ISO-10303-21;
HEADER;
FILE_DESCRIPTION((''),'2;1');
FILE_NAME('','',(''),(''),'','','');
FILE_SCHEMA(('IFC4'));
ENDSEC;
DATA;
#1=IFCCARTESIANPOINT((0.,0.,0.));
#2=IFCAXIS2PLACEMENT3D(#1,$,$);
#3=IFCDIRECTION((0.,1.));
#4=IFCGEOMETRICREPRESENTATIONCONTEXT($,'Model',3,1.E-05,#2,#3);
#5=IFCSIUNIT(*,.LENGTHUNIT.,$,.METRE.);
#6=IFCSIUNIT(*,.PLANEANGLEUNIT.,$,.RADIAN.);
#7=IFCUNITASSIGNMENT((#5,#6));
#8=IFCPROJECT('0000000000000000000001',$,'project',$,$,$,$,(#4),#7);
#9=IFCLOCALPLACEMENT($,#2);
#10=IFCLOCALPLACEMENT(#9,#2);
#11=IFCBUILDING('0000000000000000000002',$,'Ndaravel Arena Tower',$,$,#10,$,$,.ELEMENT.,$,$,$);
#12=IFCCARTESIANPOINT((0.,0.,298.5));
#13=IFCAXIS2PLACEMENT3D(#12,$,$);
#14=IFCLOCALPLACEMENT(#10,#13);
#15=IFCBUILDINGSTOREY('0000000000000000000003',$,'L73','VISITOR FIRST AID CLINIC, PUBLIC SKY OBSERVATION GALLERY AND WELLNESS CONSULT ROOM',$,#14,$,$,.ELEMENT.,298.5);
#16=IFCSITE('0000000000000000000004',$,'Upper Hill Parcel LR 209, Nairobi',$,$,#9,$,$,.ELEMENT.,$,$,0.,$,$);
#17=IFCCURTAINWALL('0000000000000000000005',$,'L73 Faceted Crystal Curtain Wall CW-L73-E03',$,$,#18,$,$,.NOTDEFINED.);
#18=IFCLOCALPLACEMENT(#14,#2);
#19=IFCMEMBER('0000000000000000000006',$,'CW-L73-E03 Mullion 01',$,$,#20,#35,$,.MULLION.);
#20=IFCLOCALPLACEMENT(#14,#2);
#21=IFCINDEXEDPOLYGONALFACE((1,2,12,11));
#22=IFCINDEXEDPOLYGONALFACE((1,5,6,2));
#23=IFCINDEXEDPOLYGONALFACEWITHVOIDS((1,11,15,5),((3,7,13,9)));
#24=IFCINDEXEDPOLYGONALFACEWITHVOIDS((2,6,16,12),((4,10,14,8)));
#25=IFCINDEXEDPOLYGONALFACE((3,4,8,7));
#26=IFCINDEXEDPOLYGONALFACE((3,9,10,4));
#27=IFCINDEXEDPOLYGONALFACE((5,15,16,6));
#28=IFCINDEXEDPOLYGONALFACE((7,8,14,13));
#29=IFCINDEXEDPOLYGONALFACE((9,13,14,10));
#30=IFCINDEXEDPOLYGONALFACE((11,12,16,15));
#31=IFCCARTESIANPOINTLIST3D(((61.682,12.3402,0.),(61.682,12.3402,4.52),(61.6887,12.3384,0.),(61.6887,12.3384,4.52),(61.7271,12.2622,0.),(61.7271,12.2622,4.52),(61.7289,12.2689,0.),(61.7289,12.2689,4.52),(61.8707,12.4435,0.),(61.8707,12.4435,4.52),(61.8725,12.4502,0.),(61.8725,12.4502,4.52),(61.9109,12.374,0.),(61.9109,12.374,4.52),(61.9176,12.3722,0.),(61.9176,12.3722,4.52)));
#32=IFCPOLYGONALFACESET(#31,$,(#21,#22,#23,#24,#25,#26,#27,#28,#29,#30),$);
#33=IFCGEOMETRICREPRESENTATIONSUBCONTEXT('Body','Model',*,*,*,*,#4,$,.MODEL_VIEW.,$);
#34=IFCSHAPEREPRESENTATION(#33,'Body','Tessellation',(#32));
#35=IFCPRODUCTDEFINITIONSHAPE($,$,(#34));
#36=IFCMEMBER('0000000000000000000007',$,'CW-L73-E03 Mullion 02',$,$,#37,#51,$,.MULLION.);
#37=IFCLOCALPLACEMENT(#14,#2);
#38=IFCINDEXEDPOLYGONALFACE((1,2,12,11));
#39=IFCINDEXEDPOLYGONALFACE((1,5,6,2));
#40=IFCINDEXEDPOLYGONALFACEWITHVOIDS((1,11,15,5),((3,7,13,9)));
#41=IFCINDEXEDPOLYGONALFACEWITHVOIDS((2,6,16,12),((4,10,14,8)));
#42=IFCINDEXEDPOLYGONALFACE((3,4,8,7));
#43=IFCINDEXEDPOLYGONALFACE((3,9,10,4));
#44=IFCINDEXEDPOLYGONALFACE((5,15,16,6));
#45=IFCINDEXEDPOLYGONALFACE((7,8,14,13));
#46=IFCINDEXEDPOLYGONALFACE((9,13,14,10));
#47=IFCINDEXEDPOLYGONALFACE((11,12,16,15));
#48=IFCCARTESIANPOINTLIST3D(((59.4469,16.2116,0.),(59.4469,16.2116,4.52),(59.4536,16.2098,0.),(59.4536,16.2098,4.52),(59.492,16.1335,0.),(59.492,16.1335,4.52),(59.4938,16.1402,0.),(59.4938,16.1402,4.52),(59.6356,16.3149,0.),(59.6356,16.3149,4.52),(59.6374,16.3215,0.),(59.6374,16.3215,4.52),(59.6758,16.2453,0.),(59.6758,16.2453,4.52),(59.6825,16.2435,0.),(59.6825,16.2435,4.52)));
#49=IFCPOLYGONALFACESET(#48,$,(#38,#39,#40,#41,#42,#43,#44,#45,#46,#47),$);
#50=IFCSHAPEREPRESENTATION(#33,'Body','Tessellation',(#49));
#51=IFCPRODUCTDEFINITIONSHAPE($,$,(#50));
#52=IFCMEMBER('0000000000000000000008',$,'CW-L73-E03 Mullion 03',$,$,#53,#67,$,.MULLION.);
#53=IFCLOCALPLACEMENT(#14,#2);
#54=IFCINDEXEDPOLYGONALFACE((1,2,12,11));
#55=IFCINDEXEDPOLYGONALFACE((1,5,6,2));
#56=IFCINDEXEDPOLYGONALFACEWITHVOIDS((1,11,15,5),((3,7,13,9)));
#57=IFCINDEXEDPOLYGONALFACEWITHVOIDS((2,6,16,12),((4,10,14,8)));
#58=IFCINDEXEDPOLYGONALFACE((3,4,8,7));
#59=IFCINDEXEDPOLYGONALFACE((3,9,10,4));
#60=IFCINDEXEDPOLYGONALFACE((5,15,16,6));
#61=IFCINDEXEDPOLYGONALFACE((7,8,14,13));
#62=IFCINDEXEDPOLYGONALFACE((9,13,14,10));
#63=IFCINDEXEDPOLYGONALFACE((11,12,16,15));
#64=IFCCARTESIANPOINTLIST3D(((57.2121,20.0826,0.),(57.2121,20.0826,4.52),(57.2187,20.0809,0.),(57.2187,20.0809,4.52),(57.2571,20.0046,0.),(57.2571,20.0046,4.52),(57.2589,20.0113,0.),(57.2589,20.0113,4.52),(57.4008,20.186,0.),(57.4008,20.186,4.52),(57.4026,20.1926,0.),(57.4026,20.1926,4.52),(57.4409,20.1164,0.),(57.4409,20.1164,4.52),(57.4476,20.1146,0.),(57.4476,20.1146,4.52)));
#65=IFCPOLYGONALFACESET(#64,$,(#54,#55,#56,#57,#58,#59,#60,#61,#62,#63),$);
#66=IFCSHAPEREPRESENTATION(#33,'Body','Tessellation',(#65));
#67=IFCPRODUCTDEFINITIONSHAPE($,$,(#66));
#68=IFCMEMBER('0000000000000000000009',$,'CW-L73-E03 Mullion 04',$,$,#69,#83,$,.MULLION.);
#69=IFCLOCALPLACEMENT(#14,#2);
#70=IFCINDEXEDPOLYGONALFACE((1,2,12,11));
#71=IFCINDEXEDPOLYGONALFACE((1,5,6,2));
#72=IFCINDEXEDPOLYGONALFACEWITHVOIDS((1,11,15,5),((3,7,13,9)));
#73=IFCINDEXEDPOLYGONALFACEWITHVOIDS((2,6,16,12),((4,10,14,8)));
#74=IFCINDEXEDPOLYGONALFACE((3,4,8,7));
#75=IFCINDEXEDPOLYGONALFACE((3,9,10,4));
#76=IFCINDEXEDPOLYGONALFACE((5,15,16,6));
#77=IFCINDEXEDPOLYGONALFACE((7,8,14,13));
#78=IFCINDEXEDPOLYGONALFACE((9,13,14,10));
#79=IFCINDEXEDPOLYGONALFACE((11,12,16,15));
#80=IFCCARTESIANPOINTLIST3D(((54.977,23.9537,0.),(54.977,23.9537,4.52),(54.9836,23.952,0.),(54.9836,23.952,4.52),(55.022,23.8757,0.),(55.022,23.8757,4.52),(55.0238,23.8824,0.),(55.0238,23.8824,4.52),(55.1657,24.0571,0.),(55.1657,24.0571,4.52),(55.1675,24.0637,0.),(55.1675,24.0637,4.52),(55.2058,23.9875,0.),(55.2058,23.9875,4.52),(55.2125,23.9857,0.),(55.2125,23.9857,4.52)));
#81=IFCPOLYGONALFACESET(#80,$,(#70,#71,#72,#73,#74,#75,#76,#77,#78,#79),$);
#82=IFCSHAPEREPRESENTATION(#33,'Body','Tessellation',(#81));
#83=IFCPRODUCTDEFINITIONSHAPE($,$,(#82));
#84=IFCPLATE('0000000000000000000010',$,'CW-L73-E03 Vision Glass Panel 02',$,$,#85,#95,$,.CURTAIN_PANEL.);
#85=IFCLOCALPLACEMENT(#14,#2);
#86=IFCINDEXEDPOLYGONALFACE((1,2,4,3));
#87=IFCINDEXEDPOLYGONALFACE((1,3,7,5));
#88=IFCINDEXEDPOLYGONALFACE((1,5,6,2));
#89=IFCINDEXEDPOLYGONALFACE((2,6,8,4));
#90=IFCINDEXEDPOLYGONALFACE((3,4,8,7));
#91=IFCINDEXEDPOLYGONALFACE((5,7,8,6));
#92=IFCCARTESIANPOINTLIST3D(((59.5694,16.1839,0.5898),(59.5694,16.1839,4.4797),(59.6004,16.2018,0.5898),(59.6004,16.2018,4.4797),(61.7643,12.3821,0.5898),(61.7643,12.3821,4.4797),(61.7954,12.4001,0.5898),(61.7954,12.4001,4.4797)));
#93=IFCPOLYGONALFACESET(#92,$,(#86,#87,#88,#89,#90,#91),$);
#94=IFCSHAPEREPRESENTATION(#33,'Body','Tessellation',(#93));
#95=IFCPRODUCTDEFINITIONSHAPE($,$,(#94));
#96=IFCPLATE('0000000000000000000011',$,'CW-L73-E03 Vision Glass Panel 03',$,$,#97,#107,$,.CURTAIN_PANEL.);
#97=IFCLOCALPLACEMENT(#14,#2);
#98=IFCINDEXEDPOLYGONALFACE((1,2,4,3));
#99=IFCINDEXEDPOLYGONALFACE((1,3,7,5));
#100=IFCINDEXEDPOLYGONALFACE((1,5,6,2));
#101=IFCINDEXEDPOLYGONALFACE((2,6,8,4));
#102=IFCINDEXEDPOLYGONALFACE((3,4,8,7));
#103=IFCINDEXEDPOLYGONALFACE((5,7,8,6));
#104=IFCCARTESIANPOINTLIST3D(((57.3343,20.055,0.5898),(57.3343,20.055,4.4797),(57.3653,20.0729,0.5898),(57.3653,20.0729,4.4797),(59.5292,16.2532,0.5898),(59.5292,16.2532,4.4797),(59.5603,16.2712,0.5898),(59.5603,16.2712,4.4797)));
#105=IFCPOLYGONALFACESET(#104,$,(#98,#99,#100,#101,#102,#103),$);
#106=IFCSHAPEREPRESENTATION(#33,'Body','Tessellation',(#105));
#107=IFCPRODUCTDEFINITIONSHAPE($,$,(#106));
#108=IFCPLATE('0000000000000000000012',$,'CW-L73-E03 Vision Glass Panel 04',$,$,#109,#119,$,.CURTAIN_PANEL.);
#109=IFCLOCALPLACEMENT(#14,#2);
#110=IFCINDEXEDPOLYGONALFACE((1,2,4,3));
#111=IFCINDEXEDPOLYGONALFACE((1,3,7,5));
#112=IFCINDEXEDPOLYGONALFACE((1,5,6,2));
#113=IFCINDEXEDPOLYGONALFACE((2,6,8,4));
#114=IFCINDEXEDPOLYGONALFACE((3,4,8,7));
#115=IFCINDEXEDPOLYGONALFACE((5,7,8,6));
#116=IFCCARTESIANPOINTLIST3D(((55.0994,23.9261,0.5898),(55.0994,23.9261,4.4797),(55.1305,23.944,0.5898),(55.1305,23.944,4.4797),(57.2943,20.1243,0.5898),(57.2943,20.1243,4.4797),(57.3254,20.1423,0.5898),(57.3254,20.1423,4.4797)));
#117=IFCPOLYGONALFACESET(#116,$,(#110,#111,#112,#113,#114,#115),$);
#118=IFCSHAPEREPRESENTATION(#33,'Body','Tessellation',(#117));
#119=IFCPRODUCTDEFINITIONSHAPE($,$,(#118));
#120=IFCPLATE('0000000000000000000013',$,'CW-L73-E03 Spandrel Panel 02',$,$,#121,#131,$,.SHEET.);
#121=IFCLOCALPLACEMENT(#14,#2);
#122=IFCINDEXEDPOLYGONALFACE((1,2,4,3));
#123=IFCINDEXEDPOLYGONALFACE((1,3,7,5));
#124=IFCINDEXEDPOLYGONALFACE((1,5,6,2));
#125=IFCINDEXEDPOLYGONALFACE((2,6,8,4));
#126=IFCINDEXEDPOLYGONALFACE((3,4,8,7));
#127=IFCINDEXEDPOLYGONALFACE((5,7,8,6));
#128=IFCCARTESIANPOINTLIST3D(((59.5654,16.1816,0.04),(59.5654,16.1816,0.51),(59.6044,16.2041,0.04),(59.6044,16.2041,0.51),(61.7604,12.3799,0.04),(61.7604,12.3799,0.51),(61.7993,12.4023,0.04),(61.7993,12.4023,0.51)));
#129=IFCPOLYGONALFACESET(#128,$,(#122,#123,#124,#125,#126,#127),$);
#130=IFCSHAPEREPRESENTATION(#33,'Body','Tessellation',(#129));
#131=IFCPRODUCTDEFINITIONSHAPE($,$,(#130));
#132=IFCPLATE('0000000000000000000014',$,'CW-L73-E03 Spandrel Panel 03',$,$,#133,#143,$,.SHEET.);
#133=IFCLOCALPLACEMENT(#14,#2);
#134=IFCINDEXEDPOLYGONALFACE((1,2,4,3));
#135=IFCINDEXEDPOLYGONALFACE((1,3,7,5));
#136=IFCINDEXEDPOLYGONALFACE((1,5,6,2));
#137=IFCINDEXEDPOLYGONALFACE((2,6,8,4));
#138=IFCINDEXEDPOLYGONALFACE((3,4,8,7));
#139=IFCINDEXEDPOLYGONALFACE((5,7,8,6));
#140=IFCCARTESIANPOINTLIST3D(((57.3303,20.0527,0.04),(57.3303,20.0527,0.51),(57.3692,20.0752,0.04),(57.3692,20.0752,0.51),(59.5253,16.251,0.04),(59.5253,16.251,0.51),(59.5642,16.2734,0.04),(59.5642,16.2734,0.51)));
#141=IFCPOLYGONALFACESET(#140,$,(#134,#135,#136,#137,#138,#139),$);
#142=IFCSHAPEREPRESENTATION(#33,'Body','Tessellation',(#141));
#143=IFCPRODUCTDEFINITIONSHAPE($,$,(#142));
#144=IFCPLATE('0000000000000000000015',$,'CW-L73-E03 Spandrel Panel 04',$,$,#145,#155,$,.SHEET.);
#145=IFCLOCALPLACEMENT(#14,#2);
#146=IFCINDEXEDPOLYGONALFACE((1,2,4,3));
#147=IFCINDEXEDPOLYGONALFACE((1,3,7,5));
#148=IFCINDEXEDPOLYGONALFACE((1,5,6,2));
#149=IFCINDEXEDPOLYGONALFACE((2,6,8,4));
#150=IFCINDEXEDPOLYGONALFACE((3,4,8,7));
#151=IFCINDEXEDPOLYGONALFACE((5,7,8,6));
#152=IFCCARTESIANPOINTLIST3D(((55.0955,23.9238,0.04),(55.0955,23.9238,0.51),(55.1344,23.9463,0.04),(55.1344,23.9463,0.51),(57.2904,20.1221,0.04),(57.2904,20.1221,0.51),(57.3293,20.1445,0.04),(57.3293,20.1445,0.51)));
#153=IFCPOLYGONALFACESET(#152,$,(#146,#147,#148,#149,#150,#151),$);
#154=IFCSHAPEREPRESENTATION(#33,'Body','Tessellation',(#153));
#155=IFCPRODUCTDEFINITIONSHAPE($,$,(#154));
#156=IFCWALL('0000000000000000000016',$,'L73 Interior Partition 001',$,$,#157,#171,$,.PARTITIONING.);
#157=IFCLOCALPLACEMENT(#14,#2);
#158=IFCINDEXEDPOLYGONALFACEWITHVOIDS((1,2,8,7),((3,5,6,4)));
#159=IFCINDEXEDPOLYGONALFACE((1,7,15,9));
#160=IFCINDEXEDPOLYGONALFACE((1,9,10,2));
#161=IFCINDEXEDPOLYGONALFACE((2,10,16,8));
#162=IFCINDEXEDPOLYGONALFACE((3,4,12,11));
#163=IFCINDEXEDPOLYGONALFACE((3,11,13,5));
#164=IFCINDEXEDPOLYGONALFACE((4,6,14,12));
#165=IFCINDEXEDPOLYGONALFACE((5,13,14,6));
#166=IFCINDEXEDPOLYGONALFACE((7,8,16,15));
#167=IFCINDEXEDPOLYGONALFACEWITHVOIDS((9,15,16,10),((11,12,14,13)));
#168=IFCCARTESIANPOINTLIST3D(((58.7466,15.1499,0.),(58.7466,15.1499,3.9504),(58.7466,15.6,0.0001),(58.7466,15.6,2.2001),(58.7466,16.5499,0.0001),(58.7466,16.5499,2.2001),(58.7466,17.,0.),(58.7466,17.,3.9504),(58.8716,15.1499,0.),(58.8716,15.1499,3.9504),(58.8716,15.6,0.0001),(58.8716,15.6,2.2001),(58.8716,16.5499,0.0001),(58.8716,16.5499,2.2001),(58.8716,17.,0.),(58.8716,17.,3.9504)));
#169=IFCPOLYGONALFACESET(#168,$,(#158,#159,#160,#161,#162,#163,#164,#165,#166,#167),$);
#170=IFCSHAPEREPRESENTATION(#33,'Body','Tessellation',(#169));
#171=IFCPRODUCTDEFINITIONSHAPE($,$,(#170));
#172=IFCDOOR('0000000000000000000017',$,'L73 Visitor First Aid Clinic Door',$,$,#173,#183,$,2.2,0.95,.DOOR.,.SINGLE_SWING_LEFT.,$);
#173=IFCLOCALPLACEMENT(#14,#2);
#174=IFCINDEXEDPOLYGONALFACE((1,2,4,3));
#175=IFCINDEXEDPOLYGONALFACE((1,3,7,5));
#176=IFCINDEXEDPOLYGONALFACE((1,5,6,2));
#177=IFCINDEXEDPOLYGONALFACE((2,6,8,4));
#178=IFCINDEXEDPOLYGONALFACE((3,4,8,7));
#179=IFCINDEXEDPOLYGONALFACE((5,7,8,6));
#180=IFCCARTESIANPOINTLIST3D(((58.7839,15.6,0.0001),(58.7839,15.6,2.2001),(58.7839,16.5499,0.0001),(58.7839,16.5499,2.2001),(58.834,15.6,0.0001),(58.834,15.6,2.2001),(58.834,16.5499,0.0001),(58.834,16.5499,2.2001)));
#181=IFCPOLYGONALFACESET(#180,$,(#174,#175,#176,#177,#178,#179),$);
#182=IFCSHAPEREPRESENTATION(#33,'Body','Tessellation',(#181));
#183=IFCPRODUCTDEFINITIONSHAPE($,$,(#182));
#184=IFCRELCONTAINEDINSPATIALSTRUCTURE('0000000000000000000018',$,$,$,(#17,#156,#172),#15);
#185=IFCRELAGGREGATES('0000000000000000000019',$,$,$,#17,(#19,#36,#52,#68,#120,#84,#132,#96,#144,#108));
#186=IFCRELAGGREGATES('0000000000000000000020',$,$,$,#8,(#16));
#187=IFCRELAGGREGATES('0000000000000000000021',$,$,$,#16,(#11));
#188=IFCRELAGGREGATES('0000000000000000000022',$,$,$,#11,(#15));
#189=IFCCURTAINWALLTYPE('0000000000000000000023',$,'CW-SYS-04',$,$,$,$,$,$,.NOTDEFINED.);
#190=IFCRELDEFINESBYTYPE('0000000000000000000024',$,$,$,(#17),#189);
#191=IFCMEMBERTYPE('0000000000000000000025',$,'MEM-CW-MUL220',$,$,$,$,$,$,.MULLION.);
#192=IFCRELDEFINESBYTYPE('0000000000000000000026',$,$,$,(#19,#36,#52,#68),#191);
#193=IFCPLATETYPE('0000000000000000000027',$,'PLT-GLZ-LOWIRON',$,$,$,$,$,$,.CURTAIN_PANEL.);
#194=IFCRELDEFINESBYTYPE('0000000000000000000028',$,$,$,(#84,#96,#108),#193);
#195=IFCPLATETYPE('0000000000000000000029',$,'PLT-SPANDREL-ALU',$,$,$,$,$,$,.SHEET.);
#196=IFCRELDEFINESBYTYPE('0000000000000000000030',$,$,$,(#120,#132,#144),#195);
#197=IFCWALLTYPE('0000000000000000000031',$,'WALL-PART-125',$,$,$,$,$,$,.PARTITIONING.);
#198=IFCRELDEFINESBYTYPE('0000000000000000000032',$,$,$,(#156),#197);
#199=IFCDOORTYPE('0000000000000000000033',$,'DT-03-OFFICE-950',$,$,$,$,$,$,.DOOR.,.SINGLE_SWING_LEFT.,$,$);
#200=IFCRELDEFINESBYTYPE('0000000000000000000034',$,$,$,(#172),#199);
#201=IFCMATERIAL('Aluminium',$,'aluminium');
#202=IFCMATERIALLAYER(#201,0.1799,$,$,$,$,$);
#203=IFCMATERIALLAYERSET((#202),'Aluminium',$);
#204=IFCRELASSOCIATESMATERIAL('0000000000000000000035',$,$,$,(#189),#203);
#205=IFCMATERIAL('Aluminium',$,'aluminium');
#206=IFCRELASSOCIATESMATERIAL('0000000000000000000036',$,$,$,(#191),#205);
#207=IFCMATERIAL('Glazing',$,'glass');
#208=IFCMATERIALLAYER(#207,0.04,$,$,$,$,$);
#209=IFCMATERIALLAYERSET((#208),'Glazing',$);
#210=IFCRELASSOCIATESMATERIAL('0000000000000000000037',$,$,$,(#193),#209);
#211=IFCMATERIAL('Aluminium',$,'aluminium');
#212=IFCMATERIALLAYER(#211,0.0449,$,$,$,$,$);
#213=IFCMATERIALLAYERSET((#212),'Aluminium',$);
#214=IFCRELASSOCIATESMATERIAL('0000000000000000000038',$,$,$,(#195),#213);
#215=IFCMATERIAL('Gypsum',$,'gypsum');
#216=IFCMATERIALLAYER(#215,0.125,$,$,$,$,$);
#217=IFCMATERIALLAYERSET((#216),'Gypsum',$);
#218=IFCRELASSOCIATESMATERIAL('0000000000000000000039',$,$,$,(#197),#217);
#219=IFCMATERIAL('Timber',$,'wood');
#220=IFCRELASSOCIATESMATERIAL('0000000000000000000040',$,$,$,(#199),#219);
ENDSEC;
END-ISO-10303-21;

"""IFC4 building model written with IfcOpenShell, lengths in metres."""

from ifc_helpers import new_model, si_unit, direction, frame, frame_2d, origin, origin_2d, place, context, subcontext, project, spatial, rectangle, hollow_rectangle, extrude, material, layer, layer_set, material_profile, profile_set, type_object, element, fill, aggregate, save


model = new_model("IFC4")

# Units and contexts
model_context = context("Model", 3, precision=1e-05, world=origin(), true_north=direction((0.0, 1.0)))
body_context = subcontext(model_context, "Body", "Model", "MODEL_VIEW")
ifc_project = project(units=[si_unit("LENGTHUNIT", "METRE"), si_unit("PLANEANGLEUNIT", "RADIAN")], contexts=[model_context])

# Site, building, storey
site_placement = place(None, origin())
site = spatial("IfcSite", under=ifc_project, at=site_placement, Name="Upper Hill Parcel LR 209, Nairobi", CompositionType="ELEMENT", RefElevation=0.0)
building_placement = place(site_placement, origin())
building = spatial("IfcBuilding", under=site, at=building_placement, Name="Ndaravel Arena Tower", CompositionType="ELEMENT")
storey_placement = place(building_placement, frame((0.0, 0.0, 298.5)))
storey = spatial("IfcBuildingStorey", under=building, at=storey_placement, Name="L73", Description="VISITOR FIRST AID CLINIC, PUBLIC SKY OBSERVATION GALLERY AND WELLNESS CONSULT ROOM", CompositionType="ELEMENT", Elevation=298.5)

# Curtain wall, members, plates
ifc_material_1 = material(Name="Aluminium", Category="aluminium")
ifc_layer_1 = layer(ifc_material_1, 0.1799)
ifc_layer_set_1 = layer_set([ifc_layer_1], Name="Aluminium")
curtain_wall_type = type_object("IfcCurtainWallType", Name="CW-SYS-04", PredefinedType="NOTDEFINED", material=ifc_layer_set_1)
curtain_wall_placement = place(storey_placement, origin())
curtain_wall = element("IfcCurtainWall", 1, at=curtain_wall_placement, inside=storey, type_object=curtain_wall_type, Name="L73 Faceted Crystal Curtain Wall CW-L73-E03", PredefinedType="NOTDEFINED")
ifc_material_2 = material(Name="Aluminium", Category="aluminium")
ifc_material_profile = material_profile(ifc_material_2, hollow_rectangle(XDim=0.0901, YDim=0.22, WallThickness=0.0049, at=origin_2d()), Name="CW MULLION 90x220x5")
ifc_profile_set = profile_set([ifc_material_profile], Name="Aluminium")
member_type = type_object("IfcMemberType", Name="MEM-CW-MUL220", PredefinedType="MULLION", material=ifc_profile_set)
member_1_placement = place(storey_placement, frame((61.7998, 12.3562, 0.0), z_axis=(0.0, 0.0, 1.0), x_axis=(-0.5, 0.866025, 0.0)))
member_1 = element("IfcMember", 2, at=member_1_placement, type_object=member_type, Name="CW-L73-E03 Mullion 01", PredefinedType="MULLION", context=body_context, shape_type="SweptSolid", body=[
    extrude(hollow_rectangle(XDim=0.0901, YDim=0.22, WallThickness=0.0049, at=origin_2d()), origin(), (0.0, 0.0, 1.0), 4.52),
])
member_2_placement = place(storey_placement, frame((59.5647, 16.2275, 0.0), z_axis=(0.0, 0.0, 1.0), x_axis=(-0.5, 0.866025, 0.0)))
member_2 = element("IfcMember", 3, at=member_2_placement, type_object=member_type, Name="CW-L73-E03 Mullion 02", PredefinedType="MULLION", context=body_context, shape_type="SweptSolid", body=[
    extrude(hollow_rectangle(XDim=0.0901, YDim=0.22, WallThickness=0.0049, at=origin_2d()), origin(), (0.0, 0.0, 1.0), 4.52),
])
member_3_placement = place(storey_placement, frame((57.3298, 20.0986, 0.0), z_axis=(0.0, 0.0, 1.0), x_axis=(-0.5, 0.866025, 0.0)))
member_3 = element("IfcMember", 4, at=member_3_placement, type_object=member_type, Name="CW-L73-E03 Mullion 03", PredefinedType="MULLION", context=body_context, shape_type="SweptSolid", body=[
    extrude(hollow_rectangle(XDim=0.0901, YDim=0.22, WallThickness=0.0049, at=origin_2d()), origin(), (0.0, 0.0, 1.0), 4.52),
])
member_4_placement = place(storey_placement, frame((55.0947, 23.9697, 0.0), z_axis=(0.0, 0.0, 1.0), x_axis=(-0.5, 0.866025, 0.0)))
member_4 = element("IfcMember", 5, at=member_4_placement, type_object=member_type, Name="CW-L73-E03 Mullion 04", PredefinedType="MULLION", context=body_context, shape_type="SweptSolid", body=[
    extrude(hollow_rectangle(XDim=0.0901, YDim=0.22, WallThickness=0.0049, at=origin_2d()), origin(), (0.0, 0.0, 1.0), 4.52),
])
ifc_material_3 = material(Name="Glazing", Category="glass")
ifc_layer_2 = layer(ifc_material_3, 0.04)
ifc_layer_set_2 = layer_set([ifc_layer_2], Name="Glazing")
plate_type_1 = type_object("IfcPlateType", Name="PLT-GLZ-LOWIRON", PredefinedType="CURTAIN_PANEL", material=ifc_layer_set_2)
plate_1_placement = place(storey_placement, frame((60.6824, 14.292, 0.5898), z_axis=(0.0, 0.0, 1.0), x_axis=(-0.5, 0.866025, 0.0)))
plate_1 = element("IfcPlate", 6, at=plate_1_placement, type_object=plate_type_1, Name="CW-L73-E03 Vision Glass Panel 02", PredefinedType="CURTAIN_PANEL", context=body_context, shape_type="SweptSolid", body=[
    extrude(rectangle(XDim=4.3899, YDim=0.0359, at=origin_2d()), origin(), (0.0, 0.0, 1.0), 3.8899),
])
plate_2_placement = place(storey_placement, frame((58.4473, 18.1631, 0.5898), z_axis=(0.0, 0.0, 1.0), x_axis=(-0.5, 0.866025, 0.0)))
plate_2 = element("IfcPlate", 7, at=plate_2_placement, type_object=plate_type_1, Name="CW-L73-E03 Vision Glass Panel 03", PredefinedType="CURTAIN_PANEL", context=body_context, shape_type="SweptSolid", body=[
    extrude(rectangle(XDim=4.3899, YDim=0.0359, at=origin_2d()), origin(), (0.0, 0.0, 1.0), 3.8899),
])
plate_3_placement = place(storey_placement, frame((56.2124, 22.0342, 0.5898), z_axis=(0.0, 0.0, 1.0), x_axis=(-0.5, 0.866025, 0.0)))
plate_3 = element("IfcPlate", 8, at=plate_3_placement, type_object=plate_type_1, Name="CW-L73-E03 Vision Glass Panel 04", PredefinedType="CURTAIN_PANEL", context=body_context, shape_type="SweptSolid", body=[
    extrude(rectangle(XDim=4.3899, YDim=0.0359, at=origin_2d()), origin(), (0.0, 0.0, 1.0), 3.8899),
])
ifc_material_4 = material(Name="Aluminium", Category="aluminium")
ifc_layer_3 = layer(ifc_material_4, 0.0449)
ifc_layer_set_3 = layer_set([ifc_layer_3], Name="Aluminium")
plate_type_2 = type_object("IfcPlateType", Name="PLT-SPANDREL-ALU", PredefinedType="SHEET", material=ifc_layer_set_3)
plate_4_placement = place(storey_placement, frame((60.6824, 14.292, 0.04), z_axis=(0.0, 0.0, 1.0), x_axis=(-0.5, 0.866025, 0.0)))
plate_4 = element("IfcPlate", 9, at=plate_4_placement, type_object=plate_type_2, Name="CW-L73-E03 Spandrel Panel 02", PredefinedType="SHEET", context=body_context, shape_type="SweptSolid", body=[
    extrude(rectangle(XDim=4.3899, YDim=0.0449, at=origin_2d()), origin(), (0.0, 0.0, 1.0), 0.47),
])
plate_5_placement = place(storey_placement, frame((58.4473, 18.1631, 0.04), z_axis=(0.0, 0.0, 1.0), x_axis=(-0.5, 0.866025, 0.0)))
plate_5 = element("IfcPlate", 10, at=plate_5_placement, type_object=plate_type_2, Name="CW-L73-E03 Spandrel Panel 03", PredefinedType="SHEET", context=body_context, shape_type="SweptSolid", body=[
    extrude(rectangle(XDim=4.3899, YDim=0.0449, at=origin_2d()), origin(), (0.0, 0.0, 1.0), 0.47),
])
plate_6_placement = place(storey_placement, frame((56.2124, 22.0342, 0.04), z_axis=(0.0, 0.0, 1.0), x_axis=(-0.5, 0.866025, 0.0)))
plate_6 = element("IfcPlate", 11, at=plate_6_placement, type_object=plate_type_2, Name="CW-L73-E03 Spandrel Panel 04", PredefinedType="SHEET", context=body_context, shape_type="SweptSolid", body=[
    extrude(rectangle(XDim=4.3899, YDim=0.0449, at=origin_2d()), origin(), (0.0, 0.0, 1.0), 0.47),
])
aggregate(curtain_wall, [member_1, member_2, member_3, member_4, plate_4, plate_1, plate_5, plate_2, plate_6, plate_3])

# Wall, opening, door
ifc_material_5 = material(Name="Gypsum", Category="gypsum")
ifc_layer_4 = layer(ifc_material_5, 0.125)
ifc_layer_set_4 = layer_set([ifc_layer_4], Name="Gypsum")
wall_type_1 = type_object("IfcWallType", Name="WALL-PART-125", PredefinedType="PARTITIONING", material=ifc_layer_set_4)
wall_1_placement = place(storey_placement, frame((58.8091, 17.0, 0.0), z_axis=(0.0, 0.0, 1.0), x_axis=(0.0, -1.0, 0.0)))
wall_1 = element("IfcWall", 12, at=wall_1_placement, inside=storey, type_object=wall_type_1, Name="L73 Interior Partition 001", PredefinedType="PARTITIONING", context=body_context, shape_type="SweptSolid", body=[
    extrude(rectangle(XDim=1.8501, YDim=0.125, at=frame_2d((0.925, 0.0))), origin(), (0.0, 0.0, 1.0), 3.9504),
])
opening_placement = place(wall_1_placement, frame((0.45, 0.0, 0.0)))
opening = element("IfcOpeningElement", 13, at=opening_placement, cuts=wall_1, PredefinedType="OPENING", context=body_context, shape_type="SweptSolid", body=[
    extrude(rectangle(XDim=0.95, YDim=2.2, at=frame_2d((0.4751, 1.1001))), frame((0.0, 0.0625, 0.0), z_axis=(0.0, -1.0, 0.0), x_axis=(1.0, 0.0, 0.0)), (0.0, 0.0, 1.0), 0.125),
])
ifc_material_6 = material(Name="Timber", Category="wood")
door_type = type_object("IfcDoorType", Name="DT-03-OFFICE-950", OperationType="SINGLE_SWING_LEFT", PredefinedType="DOOR", material=ifc_material_6)
door_placement = place(opening_placement, origin())
door = element("IfcDoor", 14, at=door_placement, inside=storey, type_object=door_type, Name="L73 Visitor First Aid Clinic Door", OperationType="SINGLE_SWING_LEFT", OverallHeight=2.2, OverallWidth=0.95, PredefinedType="DOOR", context=body_context, shape_type="SweptSolid", body=[
    extrude(rectangle(XDim=0.95, YDim=2.2, at=frame_2d((0.4751, 1.1001))), frame((0.0, 0.0249, 0.0), z_axis=(0.0, -1.0, 0.0), x_axis=(1.0, 0.0, 0.0)), (0.0, 0.0, 1.0), 0.05),
])
fill(opening, door)

save(model, "model.ifc")
